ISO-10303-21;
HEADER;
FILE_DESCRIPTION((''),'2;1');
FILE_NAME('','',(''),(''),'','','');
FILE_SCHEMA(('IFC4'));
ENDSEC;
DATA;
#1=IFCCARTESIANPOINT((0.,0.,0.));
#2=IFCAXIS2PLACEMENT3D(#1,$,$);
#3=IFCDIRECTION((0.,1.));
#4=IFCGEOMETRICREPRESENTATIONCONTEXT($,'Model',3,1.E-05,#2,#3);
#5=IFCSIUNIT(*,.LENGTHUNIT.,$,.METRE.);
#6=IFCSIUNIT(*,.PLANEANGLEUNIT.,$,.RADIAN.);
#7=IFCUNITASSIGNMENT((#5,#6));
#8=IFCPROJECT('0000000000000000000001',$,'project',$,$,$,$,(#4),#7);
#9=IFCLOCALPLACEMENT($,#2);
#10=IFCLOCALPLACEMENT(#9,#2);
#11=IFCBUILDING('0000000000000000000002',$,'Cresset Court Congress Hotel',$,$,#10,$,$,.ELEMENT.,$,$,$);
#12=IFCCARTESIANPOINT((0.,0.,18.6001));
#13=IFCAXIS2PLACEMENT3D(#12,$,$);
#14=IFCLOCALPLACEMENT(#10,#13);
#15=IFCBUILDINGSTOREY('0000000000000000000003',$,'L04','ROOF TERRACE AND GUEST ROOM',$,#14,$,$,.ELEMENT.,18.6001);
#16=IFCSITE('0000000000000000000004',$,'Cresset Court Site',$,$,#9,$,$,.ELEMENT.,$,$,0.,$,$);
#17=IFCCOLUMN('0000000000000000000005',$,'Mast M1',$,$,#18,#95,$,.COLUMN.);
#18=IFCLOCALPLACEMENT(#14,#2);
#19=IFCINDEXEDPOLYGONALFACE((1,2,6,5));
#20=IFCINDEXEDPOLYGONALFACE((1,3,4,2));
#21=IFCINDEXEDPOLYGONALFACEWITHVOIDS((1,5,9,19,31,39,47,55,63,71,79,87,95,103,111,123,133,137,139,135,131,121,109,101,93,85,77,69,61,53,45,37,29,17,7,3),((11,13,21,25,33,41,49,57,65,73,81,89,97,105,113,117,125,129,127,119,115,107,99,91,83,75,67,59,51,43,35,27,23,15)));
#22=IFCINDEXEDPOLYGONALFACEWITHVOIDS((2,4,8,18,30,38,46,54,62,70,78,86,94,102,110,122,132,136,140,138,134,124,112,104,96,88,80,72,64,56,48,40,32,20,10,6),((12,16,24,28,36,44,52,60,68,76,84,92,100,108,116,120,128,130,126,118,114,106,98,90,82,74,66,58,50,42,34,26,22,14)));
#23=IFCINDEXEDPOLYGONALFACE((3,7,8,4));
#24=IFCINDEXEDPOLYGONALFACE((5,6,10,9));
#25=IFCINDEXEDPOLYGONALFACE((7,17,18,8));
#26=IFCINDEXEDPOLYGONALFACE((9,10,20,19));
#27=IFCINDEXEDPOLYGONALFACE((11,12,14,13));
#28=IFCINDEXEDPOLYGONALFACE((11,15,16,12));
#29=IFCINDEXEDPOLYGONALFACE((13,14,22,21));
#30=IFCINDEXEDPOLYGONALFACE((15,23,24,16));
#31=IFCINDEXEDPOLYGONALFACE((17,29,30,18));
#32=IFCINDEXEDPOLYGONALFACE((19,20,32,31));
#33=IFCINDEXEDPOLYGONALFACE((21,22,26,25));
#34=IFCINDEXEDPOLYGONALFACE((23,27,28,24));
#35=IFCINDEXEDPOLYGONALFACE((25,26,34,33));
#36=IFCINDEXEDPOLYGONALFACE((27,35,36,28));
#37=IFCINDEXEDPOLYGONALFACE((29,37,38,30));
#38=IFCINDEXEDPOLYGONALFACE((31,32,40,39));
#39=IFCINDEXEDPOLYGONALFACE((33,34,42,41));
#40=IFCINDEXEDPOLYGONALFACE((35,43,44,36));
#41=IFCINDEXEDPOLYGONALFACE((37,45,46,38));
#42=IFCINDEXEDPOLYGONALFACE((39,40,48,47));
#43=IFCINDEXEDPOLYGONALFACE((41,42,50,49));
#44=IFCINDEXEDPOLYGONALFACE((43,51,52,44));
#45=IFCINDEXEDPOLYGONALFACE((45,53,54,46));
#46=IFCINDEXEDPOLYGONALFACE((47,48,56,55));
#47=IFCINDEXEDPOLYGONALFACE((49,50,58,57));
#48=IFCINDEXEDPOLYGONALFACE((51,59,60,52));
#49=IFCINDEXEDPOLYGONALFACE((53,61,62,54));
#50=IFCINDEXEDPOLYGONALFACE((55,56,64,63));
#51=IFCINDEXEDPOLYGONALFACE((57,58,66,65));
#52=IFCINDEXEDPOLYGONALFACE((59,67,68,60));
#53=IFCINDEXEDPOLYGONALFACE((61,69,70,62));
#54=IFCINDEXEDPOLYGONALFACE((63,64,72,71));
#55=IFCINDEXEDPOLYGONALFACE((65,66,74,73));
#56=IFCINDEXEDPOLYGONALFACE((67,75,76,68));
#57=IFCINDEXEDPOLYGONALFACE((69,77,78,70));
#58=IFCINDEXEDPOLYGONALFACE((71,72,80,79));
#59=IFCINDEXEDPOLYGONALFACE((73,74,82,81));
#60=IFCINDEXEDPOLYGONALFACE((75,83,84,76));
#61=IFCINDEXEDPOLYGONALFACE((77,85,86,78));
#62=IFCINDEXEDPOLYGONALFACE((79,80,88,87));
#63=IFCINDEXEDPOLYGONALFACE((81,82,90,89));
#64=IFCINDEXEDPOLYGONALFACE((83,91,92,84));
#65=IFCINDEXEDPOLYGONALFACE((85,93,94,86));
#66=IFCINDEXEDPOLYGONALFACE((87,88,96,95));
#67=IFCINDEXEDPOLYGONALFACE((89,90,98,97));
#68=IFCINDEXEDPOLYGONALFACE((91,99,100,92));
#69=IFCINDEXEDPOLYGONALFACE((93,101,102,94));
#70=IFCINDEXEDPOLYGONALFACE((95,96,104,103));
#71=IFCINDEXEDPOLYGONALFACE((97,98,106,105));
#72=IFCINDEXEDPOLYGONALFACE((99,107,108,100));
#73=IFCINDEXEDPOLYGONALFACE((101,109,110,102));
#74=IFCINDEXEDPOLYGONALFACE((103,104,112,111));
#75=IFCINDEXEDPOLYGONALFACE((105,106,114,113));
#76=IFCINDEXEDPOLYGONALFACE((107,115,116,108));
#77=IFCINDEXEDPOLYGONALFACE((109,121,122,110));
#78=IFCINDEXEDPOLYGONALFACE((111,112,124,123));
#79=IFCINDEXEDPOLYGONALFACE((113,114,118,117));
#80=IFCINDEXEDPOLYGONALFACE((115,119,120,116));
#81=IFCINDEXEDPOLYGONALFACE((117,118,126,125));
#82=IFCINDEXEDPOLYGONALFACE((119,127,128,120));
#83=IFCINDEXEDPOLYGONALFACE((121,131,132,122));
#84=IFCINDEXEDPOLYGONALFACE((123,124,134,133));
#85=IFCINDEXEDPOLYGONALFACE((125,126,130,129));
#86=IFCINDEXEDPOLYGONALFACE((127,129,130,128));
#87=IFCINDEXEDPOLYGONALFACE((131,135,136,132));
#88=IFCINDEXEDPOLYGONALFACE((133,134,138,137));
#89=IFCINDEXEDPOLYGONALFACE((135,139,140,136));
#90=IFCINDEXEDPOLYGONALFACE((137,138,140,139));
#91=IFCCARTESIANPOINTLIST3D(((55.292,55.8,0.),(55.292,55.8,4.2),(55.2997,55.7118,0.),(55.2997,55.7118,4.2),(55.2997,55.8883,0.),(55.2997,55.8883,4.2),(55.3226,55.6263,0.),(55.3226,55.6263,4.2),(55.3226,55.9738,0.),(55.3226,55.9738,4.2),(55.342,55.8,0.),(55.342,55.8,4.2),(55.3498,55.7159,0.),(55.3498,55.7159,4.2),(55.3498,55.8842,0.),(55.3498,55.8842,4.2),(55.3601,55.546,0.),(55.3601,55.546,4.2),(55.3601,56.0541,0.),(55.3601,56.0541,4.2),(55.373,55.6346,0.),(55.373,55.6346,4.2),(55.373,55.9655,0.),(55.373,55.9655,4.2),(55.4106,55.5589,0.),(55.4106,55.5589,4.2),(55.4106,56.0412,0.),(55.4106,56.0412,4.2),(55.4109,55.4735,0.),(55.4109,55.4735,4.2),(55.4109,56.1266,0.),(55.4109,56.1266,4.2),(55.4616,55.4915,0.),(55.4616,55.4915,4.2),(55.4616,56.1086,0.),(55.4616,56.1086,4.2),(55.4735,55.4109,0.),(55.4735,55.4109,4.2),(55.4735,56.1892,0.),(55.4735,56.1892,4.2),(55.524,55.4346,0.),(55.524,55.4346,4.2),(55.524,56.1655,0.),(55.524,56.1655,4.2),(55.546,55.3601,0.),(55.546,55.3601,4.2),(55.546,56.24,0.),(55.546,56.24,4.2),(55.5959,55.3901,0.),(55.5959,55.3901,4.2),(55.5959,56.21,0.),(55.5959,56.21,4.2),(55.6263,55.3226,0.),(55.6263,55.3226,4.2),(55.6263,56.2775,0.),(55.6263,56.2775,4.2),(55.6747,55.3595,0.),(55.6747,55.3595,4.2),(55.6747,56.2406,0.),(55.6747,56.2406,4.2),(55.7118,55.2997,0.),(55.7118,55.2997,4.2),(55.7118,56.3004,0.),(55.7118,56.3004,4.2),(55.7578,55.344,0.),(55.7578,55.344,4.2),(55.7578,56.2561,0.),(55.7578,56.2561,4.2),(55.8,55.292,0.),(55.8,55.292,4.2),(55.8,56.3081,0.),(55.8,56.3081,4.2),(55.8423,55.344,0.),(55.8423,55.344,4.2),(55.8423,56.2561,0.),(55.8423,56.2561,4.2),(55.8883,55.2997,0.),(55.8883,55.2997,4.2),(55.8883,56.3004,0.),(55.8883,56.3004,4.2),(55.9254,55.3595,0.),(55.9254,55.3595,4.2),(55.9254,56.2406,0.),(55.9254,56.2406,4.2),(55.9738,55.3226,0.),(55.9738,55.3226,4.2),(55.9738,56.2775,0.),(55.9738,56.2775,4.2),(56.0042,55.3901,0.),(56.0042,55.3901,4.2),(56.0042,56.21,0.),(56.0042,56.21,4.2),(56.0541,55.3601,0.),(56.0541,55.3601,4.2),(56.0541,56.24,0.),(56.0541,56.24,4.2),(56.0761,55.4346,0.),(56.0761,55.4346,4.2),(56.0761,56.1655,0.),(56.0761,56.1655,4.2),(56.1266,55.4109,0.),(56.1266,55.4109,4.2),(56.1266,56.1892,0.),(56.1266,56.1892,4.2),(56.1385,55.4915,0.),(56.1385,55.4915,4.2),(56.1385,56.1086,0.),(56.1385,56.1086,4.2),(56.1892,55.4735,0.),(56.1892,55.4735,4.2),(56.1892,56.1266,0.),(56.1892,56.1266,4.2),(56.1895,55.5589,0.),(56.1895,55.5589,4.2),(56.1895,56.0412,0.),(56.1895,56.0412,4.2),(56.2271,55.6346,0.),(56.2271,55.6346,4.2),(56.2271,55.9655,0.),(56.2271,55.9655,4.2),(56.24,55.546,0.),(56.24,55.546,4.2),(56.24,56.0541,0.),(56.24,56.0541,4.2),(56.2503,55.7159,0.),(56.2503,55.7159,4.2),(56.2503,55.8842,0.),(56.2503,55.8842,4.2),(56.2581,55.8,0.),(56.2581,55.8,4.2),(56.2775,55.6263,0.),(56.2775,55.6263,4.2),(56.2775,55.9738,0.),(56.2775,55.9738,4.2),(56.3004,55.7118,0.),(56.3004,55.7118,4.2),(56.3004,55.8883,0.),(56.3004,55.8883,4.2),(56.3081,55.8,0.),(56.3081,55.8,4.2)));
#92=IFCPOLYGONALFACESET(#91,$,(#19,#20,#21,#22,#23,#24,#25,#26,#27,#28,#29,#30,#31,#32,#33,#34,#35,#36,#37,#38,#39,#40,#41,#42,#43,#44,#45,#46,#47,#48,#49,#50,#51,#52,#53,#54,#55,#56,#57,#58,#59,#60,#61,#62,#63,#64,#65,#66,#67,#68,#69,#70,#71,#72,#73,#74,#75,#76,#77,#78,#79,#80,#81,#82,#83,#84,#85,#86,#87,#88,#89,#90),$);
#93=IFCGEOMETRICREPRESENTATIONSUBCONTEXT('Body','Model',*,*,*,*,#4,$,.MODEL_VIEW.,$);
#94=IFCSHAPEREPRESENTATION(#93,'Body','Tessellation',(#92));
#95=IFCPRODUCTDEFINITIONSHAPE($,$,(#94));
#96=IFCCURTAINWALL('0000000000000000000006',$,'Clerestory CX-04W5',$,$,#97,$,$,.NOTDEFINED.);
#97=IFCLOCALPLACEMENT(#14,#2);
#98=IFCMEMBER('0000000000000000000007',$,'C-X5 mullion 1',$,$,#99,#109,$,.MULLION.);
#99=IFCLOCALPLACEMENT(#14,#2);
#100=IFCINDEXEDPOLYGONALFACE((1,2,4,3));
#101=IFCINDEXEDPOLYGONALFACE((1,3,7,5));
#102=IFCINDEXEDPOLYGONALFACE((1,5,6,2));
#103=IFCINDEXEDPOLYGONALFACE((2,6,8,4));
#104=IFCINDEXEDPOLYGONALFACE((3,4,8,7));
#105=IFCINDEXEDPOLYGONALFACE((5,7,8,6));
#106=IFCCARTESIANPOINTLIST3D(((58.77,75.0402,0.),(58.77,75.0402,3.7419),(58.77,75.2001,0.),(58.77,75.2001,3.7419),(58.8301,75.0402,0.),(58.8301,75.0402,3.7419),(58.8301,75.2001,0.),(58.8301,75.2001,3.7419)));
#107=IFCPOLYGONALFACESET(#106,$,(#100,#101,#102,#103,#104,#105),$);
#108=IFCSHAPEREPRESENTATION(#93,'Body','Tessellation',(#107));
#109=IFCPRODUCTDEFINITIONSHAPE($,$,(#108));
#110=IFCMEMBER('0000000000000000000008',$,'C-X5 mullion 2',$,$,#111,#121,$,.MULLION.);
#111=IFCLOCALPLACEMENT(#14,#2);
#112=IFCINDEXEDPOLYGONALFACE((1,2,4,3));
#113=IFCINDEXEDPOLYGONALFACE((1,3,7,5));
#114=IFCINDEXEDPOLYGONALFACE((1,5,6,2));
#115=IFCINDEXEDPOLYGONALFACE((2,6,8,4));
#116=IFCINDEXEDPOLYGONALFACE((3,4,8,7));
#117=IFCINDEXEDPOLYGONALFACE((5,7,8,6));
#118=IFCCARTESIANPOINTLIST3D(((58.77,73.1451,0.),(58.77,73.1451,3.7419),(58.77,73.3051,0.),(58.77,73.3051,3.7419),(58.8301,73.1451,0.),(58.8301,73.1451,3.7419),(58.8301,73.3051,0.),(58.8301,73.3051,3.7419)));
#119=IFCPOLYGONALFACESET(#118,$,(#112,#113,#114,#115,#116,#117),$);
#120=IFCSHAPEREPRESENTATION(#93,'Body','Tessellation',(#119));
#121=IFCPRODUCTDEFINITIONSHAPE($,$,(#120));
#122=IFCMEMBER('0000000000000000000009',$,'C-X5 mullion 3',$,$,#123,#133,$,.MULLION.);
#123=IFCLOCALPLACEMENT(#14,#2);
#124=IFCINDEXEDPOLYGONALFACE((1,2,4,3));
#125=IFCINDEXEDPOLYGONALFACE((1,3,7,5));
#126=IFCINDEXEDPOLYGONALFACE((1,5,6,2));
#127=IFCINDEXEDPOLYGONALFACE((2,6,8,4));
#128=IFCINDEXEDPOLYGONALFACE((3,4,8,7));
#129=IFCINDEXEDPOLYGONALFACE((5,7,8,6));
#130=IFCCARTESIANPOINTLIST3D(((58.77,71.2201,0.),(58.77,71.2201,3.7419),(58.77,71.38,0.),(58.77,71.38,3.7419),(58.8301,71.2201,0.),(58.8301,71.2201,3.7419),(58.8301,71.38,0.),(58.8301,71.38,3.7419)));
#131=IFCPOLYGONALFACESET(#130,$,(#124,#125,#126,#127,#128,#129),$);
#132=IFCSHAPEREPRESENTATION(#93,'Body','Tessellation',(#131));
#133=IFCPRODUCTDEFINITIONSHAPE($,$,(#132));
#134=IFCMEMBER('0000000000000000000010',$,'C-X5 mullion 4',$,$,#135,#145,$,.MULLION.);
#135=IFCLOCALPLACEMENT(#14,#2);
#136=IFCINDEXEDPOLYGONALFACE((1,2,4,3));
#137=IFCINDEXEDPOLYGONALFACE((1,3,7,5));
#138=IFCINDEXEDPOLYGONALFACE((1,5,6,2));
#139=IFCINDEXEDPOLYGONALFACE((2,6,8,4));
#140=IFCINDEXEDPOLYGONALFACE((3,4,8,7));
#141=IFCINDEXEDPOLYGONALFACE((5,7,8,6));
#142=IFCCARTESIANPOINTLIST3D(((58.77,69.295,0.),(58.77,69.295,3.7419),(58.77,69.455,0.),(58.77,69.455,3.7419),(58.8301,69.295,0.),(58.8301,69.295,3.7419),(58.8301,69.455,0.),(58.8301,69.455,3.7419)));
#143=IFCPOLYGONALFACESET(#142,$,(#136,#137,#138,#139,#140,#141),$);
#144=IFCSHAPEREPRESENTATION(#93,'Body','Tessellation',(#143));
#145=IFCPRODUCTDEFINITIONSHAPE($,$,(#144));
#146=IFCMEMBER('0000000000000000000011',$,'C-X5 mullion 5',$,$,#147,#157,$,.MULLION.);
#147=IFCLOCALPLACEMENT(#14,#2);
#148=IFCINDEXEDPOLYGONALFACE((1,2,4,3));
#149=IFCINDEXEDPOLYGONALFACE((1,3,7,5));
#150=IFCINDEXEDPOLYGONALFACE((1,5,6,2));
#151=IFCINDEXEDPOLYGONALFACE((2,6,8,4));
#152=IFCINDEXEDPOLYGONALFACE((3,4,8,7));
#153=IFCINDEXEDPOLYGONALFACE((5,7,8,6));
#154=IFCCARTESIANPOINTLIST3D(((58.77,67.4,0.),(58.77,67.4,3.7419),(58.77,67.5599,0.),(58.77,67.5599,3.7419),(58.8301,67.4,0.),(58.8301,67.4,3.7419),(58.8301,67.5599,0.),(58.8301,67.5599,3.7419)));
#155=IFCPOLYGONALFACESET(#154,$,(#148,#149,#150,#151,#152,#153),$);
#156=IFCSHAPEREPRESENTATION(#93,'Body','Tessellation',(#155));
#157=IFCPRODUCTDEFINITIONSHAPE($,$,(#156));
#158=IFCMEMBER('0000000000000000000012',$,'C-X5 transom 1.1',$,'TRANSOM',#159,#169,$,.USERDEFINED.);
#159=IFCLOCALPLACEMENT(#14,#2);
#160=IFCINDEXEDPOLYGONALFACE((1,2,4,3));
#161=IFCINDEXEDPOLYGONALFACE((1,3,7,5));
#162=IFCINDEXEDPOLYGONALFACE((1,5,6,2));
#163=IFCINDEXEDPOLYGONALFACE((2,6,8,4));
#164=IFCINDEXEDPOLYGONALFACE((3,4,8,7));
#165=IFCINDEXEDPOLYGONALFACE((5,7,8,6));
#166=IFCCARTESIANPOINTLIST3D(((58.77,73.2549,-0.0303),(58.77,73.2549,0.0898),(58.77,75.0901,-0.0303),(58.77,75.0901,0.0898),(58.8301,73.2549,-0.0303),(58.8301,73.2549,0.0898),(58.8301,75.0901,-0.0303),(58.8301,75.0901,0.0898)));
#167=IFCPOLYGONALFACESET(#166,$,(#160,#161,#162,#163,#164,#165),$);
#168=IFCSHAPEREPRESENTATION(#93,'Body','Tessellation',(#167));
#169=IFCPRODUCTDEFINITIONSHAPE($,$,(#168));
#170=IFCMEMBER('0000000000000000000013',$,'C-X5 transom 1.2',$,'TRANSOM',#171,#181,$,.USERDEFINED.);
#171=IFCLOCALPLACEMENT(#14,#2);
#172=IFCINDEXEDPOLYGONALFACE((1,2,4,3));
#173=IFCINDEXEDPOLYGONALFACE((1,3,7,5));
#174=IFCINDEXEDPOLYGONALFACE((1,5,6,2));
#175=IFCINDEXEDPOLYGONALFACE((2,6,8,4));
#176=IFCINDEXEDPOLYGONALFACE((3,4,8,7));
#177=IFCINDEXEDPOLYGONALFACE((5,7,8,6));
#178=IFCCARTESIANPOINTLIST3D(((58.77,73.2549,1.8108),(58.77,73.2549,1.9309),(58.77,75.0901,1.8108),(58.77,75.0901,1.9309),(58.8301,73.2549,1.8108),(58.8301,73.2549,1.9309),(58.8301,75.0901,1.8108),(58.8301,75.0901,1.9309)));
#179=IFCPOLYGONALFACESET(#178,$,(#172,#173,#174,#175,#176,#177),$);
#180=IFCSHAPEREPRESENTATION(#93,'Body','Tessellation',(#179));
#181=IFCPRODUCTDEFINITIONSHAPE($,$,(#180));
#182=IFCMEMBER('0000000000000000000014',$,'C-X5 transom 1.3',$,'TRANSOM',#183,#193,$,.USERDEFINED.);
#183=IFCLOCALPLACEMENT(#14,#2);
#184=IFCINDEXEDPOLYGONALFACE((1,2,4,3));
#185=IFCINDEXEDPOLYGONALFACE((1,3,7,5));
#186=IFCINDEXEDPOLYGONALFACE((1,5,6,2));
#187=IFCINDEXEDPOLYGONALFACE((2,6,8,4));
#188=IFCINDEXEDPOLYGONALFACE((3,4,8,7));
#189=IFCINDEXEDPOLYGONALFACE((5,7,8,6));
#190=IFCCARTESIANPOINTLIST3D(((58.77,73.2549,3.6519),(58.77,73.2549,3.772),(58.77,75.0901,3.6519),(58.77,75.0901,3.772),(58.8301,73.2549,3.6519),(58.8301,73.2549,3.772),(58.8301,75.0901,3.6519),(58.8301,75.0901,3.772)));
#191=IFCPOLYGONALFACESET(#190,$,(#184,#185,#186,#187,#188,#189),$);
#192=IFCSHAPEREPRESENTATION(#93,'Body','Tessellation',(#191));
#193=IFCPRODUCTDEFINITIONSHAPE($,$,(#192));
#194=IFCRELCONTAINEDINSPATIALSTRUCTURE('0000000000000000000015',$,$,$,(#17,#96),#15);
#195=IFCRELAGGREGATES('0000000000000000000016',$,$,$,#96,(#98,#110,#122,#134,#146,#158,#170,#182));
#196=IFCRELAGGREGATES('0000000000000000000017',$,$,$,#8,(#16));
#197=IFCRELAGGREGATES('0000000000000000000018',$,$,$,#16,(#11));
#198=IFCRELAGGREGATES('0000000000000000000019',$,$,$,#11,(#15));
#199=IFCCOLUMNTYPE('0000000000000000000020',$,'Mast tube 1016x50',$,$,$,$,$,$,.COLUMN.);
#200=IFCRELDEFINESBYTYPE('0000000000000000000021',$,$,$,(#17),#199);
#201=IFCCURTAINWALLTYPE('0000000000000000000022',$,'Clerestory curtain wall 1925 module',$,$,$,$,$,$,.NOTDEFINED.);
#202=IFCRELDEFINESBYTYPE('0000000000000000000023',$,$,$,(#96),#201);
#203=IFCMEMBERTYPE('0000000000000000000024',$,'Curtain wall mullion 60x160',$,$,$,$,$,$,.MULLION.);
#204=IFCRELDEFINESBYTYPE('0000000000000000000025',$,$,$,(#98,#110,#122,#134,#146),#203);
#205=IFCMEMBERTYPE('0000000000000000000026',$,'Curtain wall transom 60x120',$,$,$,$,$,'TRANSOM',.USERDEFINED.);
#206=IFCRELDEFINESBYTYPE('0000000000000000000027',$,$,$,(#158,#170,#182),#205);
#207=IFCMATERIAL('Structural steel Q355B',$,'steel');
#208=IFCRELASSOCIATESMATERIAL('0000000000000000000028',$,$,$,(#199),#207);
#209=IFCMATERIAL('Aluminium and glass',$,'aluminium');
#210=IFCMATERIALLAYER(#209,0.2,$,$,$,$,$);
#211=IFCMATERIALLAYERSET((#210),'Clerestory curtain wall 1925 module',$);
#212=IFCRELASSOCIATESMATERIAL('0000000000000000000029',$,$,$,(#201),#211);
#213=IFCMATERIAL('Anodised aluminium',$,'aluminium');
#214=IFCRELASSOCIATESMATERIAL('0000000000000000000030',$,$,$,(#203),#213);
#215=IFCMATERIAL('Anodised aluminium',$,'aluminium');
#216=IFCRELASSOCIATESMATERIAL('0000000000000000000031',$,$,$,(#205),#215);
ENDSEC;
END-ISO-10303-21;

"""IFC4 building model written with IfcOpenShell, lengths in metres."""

from ifc_helpers import new_model, si_unit, direction, frame, origin, origin_2d, place, context, subcontext, project, spatial, rectangle, hollow_circle, extrude, material, layer, layer_set, material_profile, profile_set, type_object, element, aggregate, save


model = new_model("IFC4")

# Units and contexts
model_context = context("Model", 3, precision=1e-05, world=origin(), true_north=direction((0.0, 1.0)))
body_context = subcontext(model_context, "Body", "Model", "MODEL_VIEW")
ifc_project = project(units=[si_unit("LENGTHUNIT", "METRE"), si_unit("PLANEANGLEUNIT", "RADIAN")], contexts=[model_context])

# Site, building, storey
site_placement = place(None, origin())
site = spatial("IfcSite", under=ifc_project, at=site_placement, Name="Cresset Court Site", CompositionType="ELEMENT", RefElevation=0.0)
building_placement = place(site_placement, origin())
building = spatial("IfcBuilding", under=site, at=building_placement, Name="Cresset Court Congress Hotel", CompositionType="ELEMENT")
storey_placement = place(building_placement, frame((0.0, 0.0, 18.6001)))
storey = spatial("IfcBuildingStorey", under=building, at=storey_placement, Name="L04", Description="ROOF TERRACE AND GUEST ROOM", CompositionType="ELEMENT", Elevation=18.6001)

# Column
ifc_material_1 = material(Name="Structural steel Q355B", Category="steel")
ifc_material_profile_1 = material_profile(ifc_material_1, hollow_circle(Radius=0.5081, WallThickness=0.05, at=origin_2d()), Name="CHS1016x50")
ifc_profile_set_1 = profile_set([ifc_material_profile_1], Name="Structural steel Q355B")
column_type = type_object("IfcColumnType", Name="Mast tube 1016x50", PredefinedType="COLUMN", material=ifc_profile_set_1)
column_placement = place(storey_placement, frame((55.8, 55.8, 0.0), z_axis=(0.0, 0.0, 1.0), x_axis=(1.0, 0.0, 0.0)))
element("IfcColumn", 1, at=column_placement, inside=storey, type_object=column_type, Name="Mast M1", PredefinedType="COLUMN", context=body_context, shape_type="SweptSolid", body=[
    extrude(hollow_circle(Radius=0.5081, WallThickness=0.05, at=origin_2d()), origin(), (0.0, 0.0, 1.0), 4.2),
])

# Curtain wall, members
ifc_material_2 = material(Name="Aluminium and glass", Category="aluminium")
ifc_layer_1 = layer(ifc_material_2, 0.2)
ifc_layer_set_1 = layer_set([ifc_layer_1], Name="Clerestory curtain wall 1925 module")
curtain_wall_type = type_object("IfcCurtainWallType", Name="Clerestory curtain wall 1925 module", PredefinedType="NOTDEFINED", material=ifc_layer_set_1)
curtain_wall_placement = place(storey_placement, origin())
curtain_wall = element("IfcCurtainWall", 2, at=curtain_wall_placement, inside=storey, type_object=curtain_wall_type, Name="Clerestory CX-04W5", PredefinedType="NOTDEFINED")
ifc_material_3 = material(Name="Anodised aluminium", Category="aluminium")
ifc_material_profile_2 = material_profile(ifc_material_3, rectangle(XDim=0.0601, YDim=0.1599, at=origin_2d()), Name="AL60x160")
ifc_profile_set_2 = profile_set([ifc_material_profile_2], Name="Anodised aluminium")
member_type_1 = type_object("IfcMemberType", Name="Curtain wall mullion 60x160", PredefinedType="MULLION", material=ifc_profile_set_2)
member_1_placement = place(storey_placement, frame((58.8, 75.1201, 0.0), z_axis=(0.0, 0.0, 1.0), x_axis=(1.0, 0.0, 0.0)))
member_1 = element("IfcMember", 3, at=member_1_placement, type_object=member_type_1, Name="C-X5 mullion 1", PredefinedType="MULLION", context=body_context, shape_type="SweptSolid", body=[
    extrude(rectangle(XDim=0.0601, YDim=0.1599, at=origin_2d()), origin(), (0.0, 0.0, 1.0), 3.7419),
])
member_2_placement = place(storey_placement, frame((58.8, 73.2251, 0.0), z_axis=(0.0, 0.0, 1.0), x_axis=(1.0, 0.0, 0.0)))
member_2 = element("IfcMember", 4, at=member_2_placement, type_object=member_type_1, Name="C-X5 mullion 2", PredefinedType="MULLION", context=body_context, shape_type="SweptSolid", body=[
    extrude(rectangle(XDim=0.0601, YDim=0.1599, at=origin_2d()), origin(), (0.0, 0.0, 1.0), 3.7419),
])
member_3_placement = place(storey_placement, frame((58.8, 71.3, 0.0), z_axis=(0.0, 0.0, 1.0), x_axis=(1.0, 0.0, 0.0)))
member_3 = element("IfcMember", 5, at=member_3_placement, type_object=member_type_1, Name="C-X5 mullion 3", PredefinedType="MULLION", context=body_context, shape_type="SweptSolid", body=[
    extrude(rectangle(XDim=0.0601, YDim=0.1599, at=origin_2d()), origin(), (0.0, 0.0, 1.0), 3.7419),
])
member_4_placement = place(storey_placement, frame((58.8, 69.375, 0.0), z_axis=(0.0, 0.0, 1.0), x_axis=(1.0, 0.0, 0.0)))
member_4 = element("IfcMember", 6, at=member_4_placement, type_object=member_type_1, Name="C-X5 mullion 4", PredefinedType="MULLION", context=body_context, shape_type="SweptSolid", body=[
    extrude(rectangle(XDim=0.0601, YDim=0.1599, at=origin_2d()), origin(), (0.0, 0.0, 1.0), 3.7419),
])
member_5_placement = place(storey_placement, frame((58.8, 67.48, 0.0), z_axis=(0.0, 0.0, 1.0), x_axis=(1.0, 0.0, 0.0)))
member_5 = element("IfcMember", 7, at=member_5_placement, type_object=member_type_1, Name="C-X5 mullion 5", PredefinedType="MULLION", context=body_context, shape_type="SweptSolid", body=[
    extrude(rectangle(XDim=0.0601, YDim=0.1599, at=origin_2d()), origin(), (0.0, 0.0, 1.0), 3.7419),
])
ifc_material_4 = material(Name="Anodised aluminium", Category="aluminium")
ifc_material_profile_3 = material_profile(ifc_material_4, rectangle(XDim=0.0601, YDim=0.1201, at=origin_2d()), Name="AL60x120")
ifc_profile_set_3 = profile_set([ifc_material_profile_3], Name="Anodised aluminium")
member_type_2 = type_object("IfcMemberType", Name="Curtain wall transom 60x120", ElementType="TRANSOM", PredefinedType="USERDEFINED", material=ifc_profile_set_3)
member_6_placement = place(storey_placement, frame((58.8, 75.0901, 0.0298), z_axis=(0.0, -1.0, 0.0), x_axis=(1.0, 0.0, 0.0)))
member_6 = element("IfcMember", 8, at=member_6_placement, type_object=member_type_2, Name="C-X5 transom 1.1", ObjectType="TRANSOM", PredefinedType="USERDEFINED", context=body_context, shape_type="SweptSolid", body=[
    extrude(rectangle(XDim=0.0601, YDim=0.1201, at=origin_2d()), origin(), (0.0, 0.0, 1.0), 1.8352),
])
member_7_placement = place(storey_placement, frame((58.8, 75.0901, 1.8708), z_axis=(0.0, -1.0, 0.0), x_axis=(1.0, 0.0, 0.0)))
member_7 = element("IfcMember", 9, at=member_7_placement, type_object=member_type_2, Name="C-X5 transom 1.2", ObjectType="TRANSOM", PredefinedType="USERDEFINED", context=body_context, shape_type="SweptSolid", body=[
    extrude(rectangle(XDim=0.0601, YDim=0.1201, at=origin_2d()), origin(), (0.0, 0.0, 1.0), 1.8352),
])
member_8_placement = place(storey_placement, frame((58.8, 75.0901, 3.7119), z_axis=(0.0, -1.0, 0.0), x_axis=(1.0, 0.0, 0.0)))
member_8 = element("IfcMember", 10, at=member_8_placement, type_object=member_type_2, Name="C-X5 transom 1.3", ObjectType="TRANSOM", PredefinedType="USERDEFINED", context=body_context, shape_type="SweptSolid", body=[
    extrude(rectangle(XDim=0.0601, YDim=0.1201, at=origin_2d()), origin(), (0.0, 0.0, 1.0), 1.8352),
])

aggregate(curtain_wall, [member_1, member_2, member_3, member_4, member_5, member_6, member_7, member_8])

save(model, "model.ifc")
